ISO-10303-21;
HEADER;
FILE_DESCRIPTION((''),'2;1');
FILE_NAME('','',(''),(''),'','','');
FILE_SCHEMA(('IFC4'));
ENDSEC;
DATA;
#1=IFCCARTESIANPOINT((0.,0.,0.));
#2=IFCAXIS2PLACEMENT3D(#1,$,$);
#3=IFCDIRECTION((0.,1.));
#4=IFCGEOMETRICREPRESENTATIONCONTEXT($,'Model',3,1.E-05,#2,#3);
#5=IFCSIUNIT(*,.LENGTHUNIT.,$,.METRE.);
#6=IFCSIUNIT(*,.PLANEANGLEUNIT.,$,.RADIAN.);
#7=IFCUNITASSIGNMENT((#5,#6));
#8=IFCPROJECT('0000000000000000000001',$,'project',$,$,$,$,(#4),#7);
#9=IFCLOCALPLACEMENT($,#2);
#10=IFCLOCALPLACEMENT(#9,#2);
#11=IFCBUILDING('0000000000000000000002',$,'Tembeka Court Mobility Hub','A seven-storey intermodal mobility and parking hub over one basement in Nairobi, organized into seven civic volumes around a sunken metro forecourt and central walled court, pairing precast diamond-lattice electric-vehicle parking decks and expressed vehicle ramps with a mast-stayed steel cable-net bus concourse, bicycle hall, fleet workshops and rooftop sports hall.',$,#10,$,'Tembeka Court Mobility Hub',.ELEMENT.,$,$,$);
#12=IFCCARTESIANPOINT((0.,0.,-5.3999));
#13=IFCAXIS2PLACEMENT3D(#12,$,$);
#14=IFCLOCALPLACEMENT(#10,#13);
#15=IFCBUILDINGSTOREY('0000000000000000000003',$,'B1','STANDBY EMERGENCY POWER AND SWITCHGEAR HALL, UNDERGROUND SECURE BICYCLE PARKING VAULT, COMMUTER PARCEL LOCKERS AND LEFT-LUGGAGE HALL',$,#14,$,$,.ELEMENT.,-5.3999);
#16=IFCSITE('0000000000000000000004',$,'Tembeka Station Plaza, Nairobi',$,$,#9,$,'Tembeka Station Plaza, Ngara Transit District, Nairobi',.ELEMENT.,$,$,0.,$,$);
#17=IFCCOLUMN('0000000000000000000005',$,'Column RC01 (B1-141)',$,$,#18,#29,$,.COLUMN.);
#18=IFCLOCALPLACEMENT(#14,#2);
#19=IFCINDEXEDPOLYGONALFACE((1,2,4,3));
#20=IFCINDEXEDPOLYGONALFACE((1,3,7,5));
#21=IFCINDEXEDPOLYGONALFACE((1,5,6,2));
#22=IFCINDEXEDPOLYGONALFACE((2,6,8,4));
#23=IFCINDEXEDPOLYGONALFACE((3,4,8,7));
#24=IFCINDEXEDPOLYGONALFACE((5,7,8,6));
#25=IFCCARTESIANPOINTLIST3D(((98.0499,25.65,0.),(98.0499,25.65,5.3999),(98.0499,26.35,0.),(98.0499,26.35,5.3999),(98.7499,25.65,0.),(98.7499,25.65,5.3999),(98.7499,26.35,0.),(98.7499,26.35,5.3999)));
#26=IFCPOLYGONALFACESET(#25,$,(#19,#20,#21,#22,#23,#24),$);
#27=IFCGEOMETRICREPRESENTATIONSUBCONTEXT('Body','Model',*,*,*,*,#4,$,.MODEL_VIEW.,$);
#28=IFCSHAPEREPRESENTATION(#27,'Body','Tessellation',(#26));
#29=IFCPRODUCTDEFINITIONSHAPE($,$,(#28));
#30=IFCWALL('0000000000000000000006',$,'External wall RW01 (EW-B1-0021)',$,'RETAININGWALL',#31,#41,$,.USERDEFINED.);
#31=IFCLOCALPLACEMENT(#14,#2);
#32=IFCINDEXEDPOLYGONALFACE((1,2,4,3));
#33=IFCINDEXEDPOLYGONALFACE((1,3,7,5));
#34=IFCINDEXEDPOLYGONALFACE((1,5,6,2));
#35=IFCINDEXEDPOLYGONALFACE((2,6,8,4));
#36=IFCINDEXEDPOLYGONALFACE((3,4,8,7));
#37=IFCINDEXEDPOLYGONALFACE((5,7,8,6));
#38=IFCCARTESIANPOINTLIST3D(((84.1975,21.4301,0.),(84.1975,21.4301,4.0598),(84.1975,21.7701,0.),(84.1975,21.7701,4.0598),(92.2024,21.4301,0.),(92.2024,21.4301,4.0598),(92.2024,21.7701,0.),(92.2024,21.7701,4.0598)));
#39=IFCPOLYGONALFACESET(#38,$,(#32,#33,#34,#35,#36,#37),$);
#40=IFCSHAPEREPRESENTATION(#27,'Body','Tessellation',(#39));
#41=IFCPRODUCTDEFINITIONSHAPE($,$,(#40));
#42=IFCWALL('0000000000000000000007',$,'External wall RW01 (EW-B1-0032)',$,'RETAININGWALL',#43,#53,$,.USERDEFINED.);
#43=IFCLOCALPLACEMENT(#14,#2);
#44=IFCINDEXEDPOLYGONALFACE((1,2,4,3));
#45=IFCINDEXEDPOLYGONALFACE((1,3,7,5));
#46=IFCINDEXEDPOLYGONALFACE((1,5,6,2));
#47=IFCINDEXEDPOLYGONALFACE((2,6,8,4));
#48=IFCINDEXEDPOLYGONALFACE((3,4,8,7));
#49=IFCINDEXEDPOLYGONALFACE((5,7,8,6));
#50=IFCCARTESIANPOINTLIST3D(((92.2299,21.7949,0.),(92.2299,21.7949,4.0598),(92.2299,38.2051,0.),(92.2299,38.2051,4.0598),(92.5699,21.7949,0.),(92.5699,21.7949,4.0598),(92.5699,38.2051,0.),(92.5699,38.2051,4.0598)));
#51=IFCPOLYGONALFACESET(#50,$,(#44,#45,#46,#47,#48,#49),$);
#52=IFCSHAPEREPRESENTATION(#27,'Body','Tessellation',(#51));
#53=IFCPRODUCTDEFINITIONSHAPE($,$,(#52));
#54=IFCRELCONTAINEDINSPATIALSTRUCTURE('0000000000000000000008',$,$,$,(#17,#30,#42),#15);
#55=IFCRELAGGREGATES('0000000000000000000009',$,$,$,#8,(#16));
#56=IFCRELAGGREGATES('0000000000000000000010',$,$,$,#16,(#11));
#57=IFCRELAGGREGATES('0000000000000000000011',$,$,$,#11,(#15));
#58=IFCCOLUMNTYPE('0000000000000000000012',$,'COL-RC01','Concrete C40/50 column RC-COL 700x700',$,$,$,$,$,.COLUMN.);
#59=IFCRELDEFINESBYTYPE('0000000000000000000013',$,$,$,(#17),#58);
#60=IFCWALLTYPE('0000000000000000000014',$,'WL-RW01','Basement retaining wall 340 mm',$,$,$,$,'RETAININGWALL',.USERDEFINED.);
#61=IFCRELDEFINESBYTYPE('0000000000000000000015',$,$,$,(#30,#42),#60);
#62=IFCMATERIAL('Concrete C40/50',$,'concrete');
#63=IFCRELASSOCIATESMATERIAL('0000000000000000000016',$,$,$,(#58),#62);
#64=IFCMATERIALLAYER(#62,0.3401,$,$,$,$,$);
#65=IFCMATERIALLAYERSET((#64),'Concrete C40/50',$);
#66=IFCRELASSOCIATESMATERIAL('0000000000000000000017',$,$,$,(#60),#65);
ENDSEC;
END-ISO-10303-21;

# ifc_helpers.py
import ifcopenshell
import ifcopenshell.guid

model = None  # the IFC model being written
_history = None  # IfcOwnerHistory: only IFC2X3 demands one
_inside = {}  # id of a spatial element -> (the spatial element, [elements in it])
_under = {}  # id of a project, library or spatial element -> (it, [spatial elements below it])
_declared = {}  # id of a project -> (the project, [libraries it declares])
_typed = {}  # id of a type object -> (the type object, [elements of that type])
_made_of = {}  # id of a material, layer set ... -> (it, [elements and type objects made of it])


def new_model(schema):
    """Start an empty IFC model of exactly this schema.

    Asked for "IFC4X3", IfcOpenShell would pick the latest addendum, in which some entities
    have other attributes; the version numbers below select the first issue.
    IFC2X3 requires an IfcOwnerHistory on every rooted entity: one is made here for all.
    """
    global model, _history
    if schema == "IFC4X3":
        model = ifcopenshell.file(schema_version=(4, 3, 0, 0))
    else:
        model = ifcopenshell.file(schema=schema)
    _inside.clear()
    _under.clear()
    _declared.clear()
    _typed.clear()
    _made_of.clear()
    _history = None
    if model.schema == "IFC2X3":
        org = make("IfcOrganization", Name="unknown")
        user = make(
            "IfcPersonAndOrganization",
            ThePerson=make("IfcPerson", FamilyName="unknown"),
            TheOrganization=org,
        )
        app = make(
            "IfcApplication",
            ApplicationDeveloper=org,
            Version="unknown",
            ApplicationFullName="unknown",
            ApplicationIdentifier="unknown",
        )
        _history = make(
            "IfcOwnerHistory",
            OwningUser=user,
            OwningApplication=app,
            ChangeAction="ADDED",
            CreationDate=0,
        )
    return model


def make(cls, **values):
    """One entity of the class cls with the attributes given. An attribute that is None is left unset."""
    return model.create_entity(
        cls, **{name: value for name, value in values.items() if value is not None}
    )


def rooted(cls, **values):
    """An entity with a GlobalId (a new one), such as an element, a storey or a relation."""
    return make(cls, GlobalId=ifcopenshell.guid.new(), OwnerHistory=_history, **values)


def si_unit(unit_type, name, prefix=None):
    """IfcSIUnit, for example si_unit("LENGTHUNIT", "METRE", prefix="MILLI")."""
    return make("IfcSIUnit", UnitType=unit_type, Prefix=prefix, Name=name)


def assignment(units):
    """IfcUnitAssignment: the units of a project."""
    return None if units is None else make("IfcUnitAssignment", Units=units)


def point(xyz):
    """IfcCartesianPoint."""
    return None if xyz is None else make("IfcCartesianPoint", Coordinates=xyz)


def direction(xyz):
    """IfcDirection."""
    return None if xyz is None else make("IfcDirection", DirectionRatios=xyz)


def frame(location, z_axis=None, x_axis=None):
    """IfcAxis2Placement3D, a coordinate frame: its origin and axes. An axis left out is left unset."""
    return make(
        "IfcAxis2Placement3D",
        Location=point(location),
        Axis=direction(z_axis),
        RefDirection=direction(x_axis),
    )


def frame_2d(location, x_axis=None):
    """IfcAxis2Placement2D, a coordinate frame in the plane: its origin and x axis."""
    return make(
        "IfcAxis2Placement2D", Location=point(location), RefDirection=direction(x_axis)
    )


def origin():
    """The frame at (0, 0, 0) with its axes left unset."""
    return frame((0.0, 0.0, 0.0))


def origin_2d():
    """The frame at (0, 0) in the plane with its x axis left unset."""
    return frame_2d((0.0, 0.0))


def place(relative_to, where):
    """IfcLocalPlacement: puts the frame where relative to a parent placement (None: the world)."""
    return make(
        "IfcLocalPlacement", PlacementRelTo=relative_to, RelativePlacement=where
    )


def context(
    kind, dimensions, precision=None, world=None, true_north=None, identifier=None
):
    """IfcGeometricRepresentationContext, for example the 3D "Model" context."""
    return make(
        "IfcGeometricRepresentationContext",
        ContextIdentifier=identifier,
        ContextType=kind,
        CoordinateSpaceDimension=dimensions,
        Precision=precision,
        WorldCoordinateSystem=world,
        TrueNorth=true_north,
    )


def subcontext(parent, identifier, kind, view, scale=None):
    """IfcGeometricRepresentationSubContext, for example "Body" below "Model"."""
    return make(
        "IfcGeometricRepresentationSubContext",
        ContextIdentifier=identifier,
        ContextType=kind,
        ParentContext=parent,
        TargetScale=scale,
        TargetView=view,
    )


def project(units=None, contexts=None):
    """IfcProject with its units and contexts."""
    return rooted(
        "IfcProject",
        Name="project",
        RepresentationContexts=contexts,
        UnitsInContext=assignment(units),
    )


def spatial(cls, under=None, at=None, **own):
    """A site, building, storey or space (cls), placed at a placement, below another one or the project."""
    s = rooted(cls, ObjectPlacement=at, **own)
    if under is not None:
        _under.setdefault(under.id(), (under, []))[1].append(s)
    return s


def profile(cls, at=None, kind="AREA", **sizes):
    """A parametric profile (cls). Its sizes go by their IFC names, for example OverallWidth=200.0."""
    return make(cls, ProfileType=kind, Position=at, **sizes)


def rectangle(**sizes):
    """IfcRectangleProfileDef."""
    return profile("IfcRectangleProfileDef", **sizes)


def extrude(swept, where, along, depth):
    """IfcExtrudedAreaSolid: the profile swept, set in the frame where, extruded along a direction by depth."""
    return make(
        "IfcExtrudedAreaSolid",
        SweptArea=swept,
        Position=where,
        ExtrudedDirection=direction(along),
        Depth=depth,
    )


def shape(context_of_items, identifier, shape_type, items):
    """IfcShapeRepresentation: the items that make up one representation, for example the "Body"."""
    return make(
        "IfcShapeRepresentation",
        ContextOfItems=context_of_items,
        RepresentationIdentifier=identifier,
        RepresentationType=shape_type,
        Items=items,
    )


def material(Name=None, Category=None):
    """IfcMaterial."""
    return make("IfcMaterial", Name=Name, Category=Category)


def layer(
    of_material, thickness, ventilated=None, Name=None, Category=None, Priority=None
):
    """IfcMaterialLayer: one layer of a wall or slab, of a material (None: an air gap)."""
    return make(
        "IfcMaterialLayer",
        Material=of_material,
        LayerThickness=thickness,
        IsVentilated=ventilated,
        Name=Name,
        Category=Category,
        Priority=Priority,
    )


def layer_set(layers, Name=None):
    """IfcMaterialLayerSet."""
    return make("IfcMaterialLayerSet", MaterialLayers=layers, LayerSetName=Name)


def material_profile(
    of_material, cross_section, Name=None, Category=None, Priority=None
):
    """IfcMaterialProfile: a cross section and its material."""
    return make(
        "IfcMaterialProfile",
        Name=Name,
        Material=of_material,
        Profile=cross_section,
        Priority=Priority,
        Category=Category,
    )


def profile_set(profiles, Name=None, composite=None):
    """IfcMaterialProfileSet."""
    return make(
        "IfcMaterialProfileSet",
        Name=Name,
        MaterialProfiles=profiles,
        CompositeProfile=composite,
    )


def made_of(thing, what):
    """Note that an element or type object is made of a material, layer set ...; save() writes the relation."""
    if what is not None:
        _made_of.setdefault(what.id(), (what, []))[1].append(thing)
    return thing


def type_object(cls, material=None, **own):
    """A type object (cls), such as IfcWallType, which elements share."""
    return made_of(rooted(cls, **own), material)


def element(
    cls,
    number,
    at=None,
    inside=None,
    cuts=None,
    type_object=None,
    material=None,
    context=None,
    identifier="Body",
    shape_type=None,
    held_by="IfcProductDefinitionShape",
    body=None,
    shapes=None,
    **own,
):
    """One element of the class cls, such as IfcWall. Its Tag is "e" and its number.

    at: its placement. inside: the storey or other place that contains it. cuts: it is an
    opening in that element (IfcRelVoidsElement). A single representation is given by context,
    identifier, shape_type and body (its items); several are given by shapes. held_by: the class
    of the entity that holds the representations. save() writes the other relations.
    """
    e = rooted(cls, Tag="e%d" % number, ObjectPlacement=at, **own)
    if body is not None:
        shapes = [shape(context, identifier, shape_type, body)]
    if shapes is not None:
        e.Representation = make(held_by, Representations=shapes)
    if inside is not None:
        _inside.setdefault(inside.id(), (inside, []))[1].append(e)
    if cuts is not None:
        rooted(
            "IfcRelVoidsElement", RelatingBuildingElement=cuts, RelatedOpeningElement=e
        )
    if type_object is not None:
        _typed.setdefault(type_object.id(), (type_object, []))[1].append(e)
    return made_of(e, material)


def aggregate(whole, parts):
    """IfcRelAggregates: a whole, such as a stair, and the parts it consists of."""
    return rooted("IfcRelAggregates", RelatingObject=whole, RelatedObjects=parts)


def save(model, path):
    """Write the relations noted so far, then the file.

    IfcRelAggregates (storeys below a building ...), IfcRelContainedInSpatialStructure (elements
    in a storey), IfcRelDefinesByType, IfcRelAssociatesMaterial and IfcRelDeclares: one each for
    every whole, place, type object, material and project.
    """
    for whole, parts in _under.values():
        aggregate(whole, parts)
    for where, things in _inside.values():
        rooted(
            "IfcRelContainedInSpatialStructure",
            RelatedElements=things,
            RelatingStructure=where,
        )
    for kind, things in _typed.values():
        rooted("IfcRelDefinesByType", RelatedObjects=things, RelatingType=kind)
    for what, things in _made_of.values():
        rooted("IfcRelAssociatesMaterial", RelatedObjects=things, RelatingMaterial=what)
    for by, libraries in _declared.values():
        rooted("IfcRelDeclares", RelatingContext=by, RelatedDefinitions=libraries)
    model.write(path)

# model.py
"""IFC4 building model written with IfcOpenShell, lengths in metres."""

from ifc_helpers import new_model, si_unit, direction, frame, frame_2d, origin, origin_2d, place, context, subcontext, project, spatial, rectangle, extrude, material, layer, layer_set, material_profile, profile_set, type_object, element, save


model = new_model("IFC4")

# Units and contexts
model_context = context("Model", 3, precision=1e-05, world=origin(), true_north=direction((0.0, 1.0)))
body_context = subcontext(model_context, "Body", "Model", "MODEL_VIEW")
ifc_project = project(units=[si_unit("LENGTHUNIT", "METRE"), si_unit("PLANEANGLEUNIT", "RADIAN")], contexts=[model_context])

# Site, building, storey
site_placement = place(None, origin())
site = spatial("IfcSite", under=ifc_project, at=site_placement, Name="Tembeka Station Plaza, Nairobi", LongName="Tembeka Station Plaza, Ngara Transit District, Nairobi", CompositionType="ELEMENT", RefElevation=0.0)
building_placement = place(site_placement, origin())
building = spatial("IfcBuilding", under=site, at=building_placement, Name="Tembeka Court Mobility Hub", Description="A seven-storey intermodal mobility and parking hub over one basement in Nairobi, organized into seven civic volumes around a sunken metro forecourt and central walled court, pairing precast diamond-lattice electric-vehicle parking decks and expressed vehicle ramps with a mast-stayed steel cable-net bus concourse, bicycle hall, fleet workshops and rooftop sports hall.", LongName="Tembeka Court Mobility Hub", CompositionType="ELEMENT")
storey_placement = place(building_placement, frame((0.0, 0.0, -5.3999)))
storey = spatial("IfcBuildingStorey", under=building, at=storey_placement, Name="B1", Description="STANDBY EMERGENCY POWER AND SWITCHGEAR HALL, UNDERGROUND SECURE BICYCLE PARKING VAULT, COMMUTER PARCEL LOCKERS AND LEFT-LUGGAGE HALL", CompositionType="ELEMENT", Elevation=-5.3999)

# Shared definitions
ifc_material_1 = material(Name="Concrete C40/50", Category="concrete")

# Column
ifc_material_profile_1 = material_profile(ifc_material_1, rectangle(XDim=0.7, YDim=0.7, at=origin_2d()), Name="RC-COL 700x700")
ifc_profile_set_1 = profile_set([ifc_material_profile_1], Name="Concrete C40/50")
column_type_1 = type_object("IfcColumnType", Name="COL-RC01", Description="Concrete C40/50 column RC-COL 700x700", PredefinedType="COLUMN", material=ifc_profile_set_1)
column_placement = place(storey_placement, frame((98.3999, 26.0, 0.0), z_axis=(0.0, 0.0, 1.0), x_axis=(1.0, 0.0, 0.0)))
element("IfcColumn", 1, at=column_placement, inside=storey, type_object=column_type_1, Name="Column RC01 (B1-141)", PredefinedType="COLUMN", context=body_context, shape_type="SweptSolid", body=[
    extrude(rectangle(XDim=0.7, YDim=0.7, at=origin_2d()), origin(), (0.0, 0.0, 1.0), 5.3999),
])

# Walls
ifc_layer = layer(ifc_material_1, 0.3401)
ifc_layer_set = layer_set([ifc_layer], Name="Concrete C40/50")
wall_type = type_object("IfcWallType", Name="WL-RW01", Description="Basement retaining wall 340 mm", ElementType="RETAININGWALL", PredefinedType="USERDEFINED", material=ifc_layer_set)
wall_1_placement = place(storey_placement, frame((84.1975, 21.6001, 0.0), z_axis=(0.0, 0.0, 1.0), x_axis=(1.0, 0.0, 0.0)))
element("IfcWall", 2, at=wall_1_placement, inside=storey, type_object=wall_type, Name="External wall RW01 (EW-B1-0021)", ObjectType="RETAININGWALL", PredefinedType="USERDEFINED", context=body_context, shape_type="SweptSolid", body=[
    extrude(rectangle(XDim=8.0049, YDim=0.3401, at=frame_2d((4.0024, 0.0))), origin(), (0.0, 0.0, 1.0), 4.0598),
])
wall_2_placement = place(storey_placement, frame((92.3999, 21.7949, 0.0), z_axis=(0.0, 0.0, 1.0), x_axis=(0.0, 1.0, 0.0)))
element("IfcWall", 3, at=wall_2_placement, inside=storey, type_object=wall_type, Name="External wall RW01 (EW-B1-0032)", ObjectType="RETAININGWALL", PredefinedType="USERDEFINED", context=body_context, shape_type="SweptSolid", body=[
    extrude(rectangle(XDim=16.4102, YDim=0.3401, at=frame_2d((8.2051, 0.0))), origin(), (0.0, 0.0, 1.0), 4.0598),
])

save(model, "model.ifc")
